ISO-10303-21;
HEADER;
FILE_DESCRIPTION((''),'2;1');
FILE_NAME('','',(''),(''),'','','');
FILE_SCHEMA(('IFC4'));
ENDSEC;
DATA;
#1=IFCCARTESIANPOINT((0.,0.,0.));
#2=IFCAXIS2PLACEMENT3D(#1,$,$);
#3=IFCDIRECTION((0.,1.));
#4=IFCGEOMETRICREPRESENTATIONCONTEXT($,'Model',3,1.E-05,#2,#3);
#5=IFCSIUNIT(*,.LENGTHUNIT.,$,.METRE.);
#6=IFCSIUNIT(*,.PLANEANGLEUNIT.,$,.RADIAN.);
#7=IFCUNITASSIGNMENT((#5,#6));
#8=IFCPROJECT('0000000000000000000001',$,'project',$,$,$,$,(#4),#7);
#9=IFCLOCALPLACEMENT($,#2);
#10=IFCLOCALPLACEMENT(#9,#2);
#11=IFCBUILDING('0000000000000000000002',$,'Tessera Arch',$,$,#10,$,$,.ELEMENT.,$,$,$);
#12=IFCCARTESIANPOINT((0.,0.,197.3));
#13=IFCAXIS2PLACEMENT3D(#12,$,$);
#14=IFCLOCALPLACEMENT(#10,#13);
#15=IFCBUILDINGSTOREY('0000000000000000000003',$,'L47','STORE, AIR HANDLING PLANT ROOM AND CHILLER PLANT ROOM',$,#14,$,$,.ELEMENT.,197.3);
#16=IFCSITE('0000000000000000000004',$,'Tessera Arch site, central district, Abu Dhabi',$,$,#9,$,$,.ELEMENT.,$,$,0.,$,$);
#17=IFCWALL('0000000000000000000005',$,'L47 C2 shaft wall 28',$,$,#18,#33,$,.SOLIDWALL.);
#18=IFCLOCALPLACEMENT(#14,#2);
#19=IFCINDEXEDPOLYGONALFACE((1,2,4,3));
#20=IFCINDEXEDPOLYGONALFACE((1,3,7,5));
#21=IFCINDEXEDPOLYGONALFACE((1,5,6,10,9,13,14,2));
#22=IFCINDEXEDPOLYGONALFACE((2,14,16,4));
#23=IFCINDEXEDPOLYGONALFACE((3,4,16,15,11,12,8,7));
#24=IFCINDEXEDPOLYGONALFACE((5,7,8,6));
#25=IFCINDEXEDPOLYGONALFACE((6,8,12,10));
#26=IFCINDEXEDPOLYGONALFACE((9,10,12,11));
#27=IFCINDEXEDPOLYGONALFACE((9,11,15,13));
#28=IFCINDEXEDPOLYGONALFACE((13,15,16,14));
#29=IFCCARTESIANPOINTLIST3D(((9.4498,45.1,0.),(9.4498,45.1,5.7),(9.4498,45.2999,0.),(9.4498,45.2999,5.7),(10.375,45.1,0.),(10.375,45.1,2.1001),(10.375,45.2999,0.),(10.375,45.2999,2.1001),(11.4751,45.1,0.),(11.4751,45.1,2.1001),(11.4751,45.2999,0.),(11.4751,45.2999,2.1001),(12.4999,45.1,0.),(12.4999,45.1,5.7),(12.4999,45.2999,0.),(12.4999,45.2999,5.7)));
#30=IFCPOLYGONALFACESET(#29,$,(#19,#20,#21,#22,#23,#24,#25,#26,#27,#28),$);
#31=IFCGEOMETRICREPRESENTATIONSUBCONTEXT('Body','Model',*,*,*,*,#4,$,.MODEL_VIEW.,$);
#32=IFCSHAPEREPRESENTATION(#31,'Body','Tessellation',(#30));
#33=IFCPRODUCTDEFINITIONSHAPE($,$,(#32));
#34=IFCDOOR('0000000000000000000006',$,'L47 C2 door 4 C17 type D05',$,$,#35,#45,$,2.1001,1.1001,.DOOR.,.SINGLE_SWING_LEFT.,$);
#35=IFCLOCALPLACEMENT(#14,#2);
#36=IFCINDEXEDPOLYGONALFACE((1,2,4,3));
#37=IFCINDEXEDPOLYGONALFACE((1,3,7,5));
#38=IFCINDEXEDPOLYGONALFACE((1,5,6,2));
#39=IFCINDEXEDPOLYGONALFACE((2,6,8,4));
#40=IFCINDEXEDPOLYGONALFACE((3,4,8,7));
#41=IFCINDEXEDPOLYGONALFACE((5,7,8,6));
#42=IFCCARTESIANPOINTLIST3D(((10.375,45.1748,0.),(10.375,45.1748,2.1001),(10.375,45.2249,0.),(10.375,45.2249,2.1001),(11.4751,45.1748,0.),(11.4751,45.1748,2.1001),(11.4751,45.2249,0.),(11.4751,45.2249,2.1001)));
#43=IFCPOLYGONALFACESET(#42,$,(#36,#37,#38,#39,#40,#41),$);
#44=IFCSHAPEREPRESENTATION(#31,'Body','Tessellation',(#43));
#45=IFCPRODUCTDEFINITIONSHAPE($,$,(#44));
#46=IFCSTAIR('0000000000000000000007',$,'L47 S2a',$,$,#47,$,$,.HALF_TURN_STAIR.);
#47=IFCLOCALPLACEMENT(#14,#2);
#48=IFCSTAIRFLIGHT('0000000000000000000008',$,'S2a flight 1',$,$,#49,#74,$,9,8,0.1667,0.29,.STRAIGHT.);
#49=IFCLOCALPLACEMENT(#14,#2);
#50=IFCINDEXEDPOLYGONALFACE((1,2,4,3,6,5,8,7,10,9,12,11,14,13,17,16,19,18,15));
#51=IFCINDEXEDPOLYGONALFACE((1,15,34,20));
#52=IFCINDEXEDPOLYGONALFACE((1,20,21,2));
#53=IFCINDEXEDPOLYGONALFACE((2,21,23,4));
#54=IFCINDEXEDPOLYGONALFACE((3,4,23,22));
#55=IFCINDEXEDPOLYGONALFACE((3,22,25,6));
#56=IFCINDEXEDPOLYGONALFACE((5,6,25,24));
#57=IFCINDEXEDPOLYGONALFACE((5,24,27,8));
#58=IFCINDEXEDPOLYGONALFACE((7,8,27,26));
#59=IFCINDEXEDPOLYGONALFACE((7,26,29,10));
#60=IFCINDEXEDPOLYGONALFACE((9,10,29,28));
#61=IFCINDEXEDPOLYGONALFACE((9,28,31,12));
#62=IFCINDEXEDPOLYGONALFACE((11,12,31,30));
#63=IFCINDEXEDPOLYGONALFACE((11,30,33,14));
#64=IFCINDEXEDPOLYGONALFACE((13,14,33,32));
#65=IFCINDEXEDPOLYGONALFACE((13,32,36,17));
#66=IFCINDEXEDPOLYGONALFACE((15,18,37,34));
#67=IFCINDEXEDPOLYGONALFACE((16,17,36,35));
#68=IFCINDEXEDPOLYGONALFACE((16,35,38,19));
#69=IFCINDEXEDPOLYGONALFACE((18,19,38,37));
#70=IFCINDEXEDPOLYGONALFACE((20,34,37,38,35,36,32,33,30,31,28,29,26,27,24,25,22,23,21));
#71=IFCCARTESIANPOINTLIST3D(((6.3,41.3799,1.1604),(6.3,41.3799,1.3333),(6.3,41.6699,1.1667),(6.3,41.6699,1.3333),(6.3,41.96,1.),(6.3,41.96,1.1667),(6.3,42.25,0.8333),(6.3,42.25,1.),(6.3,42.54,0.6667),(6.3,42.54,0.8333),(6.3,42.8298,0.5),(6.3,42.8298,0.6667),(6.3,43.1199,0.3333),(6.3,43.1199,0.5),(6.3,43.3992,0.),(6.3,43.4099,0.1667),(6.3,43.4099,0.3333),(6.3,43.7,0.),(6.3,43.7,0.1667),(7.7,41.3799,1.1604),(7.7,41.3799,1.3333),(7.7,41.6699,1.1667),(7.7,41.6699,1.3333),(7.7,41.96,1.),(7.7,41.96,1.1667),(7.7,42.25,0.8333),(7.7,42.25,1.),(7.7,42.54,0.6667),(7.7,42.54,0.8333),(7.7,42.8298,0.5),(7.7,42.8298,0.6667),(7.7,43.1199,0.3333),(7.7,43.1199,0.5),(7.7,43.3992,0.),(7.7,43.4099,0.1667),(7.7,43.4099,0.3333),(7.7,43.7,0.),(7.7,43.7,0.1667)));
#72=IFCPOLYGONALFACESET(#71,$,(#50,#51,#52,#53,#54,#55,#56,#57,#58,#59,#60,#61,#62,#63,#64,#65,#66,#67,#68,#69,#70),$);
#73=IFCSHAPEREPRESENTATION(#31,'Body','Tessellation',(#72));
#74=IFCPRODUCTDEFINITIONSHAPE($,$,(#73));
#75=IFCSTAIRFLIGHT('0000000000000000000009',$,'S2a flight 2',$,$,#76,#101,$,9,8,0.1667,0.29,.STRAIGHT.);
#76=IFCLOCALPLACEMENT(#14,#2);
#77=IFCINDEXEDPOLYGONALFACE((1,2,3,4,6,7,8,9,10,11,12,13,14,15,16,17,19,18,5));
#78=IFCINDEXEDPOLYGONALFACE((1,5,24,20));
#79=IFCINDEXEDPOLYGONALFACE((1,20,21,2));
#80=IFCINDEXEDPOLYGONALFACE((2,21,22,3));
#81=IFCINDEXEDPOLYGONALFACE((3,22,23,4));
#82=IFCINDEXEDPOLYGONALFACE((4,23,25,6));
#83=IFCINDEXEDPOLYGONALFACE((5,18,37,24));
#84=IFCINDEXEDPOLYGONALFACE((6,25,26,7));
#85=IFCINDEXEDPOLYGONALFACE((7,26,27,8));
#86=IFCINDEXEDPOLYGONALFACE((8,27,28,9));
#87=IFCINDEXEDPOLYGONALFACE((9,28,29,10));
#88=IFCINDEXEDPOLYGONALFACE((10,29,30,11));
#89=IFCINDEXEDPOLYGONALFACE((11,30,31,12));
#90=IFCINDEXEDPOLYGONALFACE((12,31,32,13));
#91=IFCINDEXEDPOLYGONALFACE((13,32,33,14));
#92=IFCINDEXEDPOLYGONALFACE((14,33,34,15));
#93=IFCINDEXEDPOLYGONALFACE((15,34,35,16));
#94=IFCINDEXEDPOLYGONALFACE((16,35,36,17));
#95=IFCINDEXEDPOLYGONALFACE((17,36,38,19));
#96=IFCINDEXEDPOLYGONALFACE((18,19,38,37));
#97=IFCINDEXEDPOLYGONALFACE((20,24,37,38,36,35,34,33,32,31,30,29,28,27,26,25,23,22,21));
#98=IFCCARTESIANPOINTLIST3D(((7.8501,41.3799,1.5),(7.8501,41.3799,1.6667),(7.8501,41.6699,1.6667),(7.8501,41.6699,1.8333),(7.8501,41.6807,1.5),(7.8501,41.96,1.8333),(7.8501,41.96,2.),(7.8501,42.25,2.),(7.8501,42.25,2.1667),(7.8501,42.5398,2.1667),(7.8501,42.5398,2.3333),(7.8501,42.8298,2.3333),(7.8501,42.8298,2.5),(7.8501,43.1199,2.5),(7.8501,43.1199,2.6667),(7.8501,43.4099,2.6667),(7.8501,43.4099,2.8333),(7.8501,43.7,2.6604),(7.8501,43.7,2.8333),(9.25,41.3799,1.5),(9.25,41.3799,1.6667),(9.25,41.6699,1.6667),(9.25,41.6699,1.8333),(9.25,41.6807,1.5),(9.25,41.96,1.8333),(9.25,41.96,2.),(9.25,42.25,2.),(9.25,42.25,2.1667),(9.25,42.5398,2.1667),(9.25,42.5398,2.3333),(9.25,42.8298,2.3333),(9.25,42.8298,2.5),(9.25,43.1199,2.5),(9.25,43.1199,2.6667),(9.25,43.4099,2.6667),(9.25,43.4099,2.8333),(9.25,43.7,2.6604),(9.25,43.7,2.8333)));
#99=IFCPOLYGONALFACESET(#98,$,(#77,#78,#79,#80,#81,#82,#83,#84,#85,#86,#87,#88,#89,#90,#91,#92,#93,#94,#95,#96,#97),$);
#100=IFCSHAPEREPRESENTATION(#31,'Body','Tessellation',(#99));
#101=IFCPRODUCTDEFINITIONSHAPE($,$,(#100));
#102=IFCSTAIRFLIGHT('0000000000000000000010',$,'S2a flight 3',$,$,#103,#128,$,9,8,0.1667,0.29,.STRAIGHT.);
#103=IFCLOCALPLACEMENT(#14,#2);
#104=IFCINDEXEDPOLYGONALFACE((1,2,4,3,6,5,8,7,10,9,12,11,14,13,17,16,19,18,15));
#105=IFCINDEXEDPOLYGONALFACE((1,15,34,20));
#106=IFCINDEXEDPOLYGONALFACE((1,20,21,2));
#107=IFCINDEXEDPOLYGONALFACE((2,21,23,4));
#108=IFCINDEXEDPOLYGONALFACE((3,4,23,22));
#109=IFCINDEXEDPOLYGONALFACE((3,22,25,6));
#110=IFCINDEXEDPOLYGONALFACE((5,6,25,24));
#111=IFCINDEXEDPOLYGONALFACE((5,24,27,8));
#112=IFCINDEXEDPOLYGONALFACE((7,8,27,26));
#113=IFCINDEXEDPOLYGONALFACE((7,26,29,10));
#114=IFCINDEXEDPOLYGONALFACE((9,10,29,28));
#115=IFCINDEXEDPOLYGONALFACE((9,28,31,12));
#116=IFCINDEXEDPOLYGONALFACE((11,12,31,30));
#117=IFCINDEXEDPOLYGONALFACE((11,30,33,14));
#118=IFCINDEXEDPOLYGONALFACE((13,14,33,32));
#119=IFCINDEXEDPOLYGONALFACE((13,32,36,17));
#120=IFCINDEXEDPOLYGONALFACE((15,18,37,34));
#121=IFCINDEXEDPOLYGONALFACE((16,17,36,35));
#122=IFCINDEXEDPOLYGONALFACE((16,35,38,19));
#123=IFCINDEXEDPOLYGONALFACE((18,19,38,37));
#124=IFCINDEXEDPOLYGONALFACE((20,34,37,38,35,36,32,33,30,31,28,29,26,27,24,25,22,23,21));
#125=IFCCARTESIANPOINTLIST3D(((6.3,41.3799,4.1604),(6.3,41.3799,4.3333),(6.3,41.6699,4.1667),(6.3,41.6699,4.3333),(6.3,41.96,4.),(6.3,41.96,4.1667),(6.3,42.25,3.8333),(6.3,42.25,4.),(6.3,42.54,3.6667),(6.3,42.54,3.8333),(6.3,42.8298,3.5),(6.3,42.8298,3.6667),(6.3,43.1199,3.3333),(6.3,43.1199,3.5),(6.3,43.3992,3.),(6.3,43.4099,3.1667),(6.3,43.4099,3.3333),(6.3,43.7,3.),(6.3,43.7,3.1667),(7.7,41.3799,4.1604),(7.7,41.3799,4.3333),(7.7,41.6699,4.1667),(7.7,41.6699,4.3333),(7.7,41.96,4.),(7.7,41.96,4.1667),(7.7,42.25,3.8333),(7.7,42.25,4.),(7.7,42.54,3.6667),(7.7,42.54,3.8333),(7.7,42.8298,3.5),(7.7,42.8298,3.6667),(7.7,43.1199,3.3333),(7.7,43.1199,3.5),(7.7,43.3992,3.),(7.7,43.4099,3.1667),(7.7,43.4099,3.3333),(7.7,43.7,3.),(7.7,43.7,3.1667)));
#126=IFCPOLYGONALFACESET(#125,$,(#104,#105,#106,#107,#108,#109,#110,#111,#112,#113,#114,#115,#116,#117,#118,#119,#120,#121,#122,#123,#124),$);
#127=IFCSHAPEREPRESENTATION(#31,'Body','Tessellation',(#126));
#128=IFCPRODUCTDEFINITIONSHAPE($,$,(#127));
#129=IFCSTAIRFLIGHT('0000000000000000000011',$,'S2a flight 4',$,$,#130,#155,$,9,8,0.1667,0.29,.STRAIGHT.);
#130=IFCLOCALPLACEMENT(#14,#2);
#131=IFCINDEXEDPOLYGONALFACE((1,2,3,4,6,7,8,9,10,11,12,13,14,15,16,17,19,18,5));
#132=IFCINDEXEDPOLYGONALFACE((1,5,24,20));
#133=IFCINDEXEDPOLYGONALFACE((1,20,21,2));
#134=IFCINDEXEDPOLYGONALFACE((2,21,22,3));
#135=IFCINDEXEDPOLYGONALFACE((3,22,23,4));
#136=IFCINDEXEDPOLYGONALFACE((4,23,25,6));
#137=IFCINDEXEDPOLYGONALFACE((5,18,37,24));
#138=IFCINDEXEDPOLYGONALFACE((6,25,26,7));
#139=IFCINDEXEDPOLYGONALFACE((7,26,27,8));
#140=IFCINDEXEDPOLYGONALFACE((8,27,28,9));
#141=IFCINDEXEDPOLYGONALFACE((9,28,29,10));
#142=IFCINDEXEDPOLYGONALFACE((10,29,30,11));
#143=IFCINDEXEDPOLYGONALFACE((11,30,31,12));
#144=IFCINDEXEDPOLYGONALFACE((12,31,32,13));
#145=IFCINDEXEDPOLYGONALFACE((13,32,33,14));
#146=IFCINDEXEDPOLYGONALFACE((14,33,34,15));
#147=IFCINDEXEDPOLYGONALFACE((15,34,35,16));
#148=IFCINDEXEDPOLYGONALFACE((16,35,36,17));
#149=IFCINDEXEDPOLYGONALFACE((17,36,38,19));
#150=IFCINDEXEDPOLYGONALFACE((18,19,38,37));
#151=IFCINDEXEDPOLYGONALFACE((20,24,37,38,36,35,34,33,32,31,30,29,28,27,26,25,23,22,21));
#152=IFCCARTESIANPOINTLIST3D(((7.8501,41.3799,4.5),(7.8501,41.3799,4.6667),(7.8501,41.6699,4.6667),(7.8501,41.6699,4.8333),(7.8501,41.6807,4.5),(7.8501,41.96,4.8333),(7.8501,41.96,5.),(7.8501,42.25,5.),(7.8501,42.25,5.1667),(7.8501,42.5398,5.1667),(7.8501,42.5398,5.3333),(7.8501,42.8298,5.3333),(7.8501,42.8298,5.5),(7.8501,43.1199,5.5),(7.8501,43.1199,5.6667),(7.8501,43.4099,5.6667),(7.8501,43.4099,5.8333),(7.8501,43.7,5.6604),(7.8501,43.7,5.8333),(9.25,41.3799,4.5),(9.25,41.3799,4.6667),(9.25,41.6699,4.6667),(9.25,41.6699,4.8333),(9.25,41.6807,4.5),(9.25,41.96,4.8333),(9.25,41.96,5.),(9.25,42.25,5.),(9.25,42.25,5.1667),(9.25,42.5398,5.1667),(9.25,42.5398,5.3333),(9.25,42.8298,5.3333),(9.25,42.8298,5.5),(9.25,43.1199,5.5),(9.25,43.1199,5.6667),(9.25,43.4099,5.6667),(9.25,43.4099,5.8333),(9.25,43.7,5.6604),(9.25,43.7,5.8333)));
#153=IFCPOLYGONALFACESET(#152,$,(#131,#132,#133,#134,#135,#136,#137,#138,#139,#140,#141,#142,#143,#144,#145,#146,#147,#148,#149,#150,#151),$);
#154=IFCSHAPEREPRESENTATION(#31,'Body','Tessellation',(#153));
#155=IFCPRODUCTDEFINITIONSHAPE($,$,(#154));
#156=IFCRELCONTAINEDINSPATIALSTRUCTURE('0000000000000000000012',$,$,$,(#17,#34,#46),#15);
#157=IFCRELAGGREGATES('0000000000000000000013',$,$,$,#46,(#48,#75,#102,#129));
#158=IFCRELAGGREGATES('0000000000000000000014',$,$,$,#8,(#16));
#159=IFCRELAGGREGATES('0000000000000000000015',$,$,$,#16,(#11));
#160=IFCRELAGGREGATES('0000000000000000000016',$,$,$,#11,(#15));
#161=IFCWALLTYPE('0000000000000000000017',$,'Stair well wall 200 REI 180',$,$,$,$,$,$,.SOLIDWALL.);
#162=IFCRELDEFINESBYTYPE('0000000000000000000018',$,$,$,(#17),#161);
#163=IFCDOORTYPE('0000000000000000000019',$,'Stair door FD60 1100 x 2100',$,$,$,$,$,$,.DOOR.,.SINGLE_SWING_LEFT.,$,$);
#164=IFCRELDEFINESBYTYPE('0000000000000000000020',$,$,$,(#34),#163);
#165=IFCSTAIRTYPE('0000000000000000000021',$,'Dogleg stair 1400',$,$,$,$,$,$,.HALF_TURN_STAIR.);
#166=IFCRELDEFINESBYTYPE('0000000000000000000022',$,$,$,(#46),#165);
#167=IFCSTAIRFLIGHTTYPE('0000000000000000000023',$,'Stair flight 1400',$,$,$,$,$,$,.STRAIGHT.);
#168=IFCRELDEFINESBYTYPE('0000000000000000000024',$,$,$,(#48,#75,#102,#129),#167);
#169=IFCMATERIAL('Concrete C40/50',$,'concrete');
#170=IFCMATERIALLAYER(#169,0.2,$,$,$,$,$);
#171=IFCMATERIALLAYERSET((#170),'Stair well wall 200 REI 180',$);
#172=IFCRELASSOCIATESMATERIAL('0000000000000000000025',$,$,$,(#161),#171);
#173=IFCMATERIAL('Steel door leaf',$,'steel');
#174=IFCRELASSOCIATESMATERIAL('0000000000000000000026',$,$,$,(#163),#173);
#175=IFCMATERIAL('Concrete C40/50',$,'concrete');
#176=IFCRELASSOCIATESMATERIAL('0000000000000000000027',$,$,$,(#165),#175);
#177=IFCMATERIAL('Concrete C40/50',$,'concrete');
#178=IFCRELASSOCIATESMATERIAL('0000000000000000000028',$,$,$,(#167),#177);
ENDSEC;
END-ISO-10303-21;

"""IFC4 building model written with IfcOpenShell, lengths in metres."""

from ifc_helpers import new_model, si_unit, direction, frame, frame_2d, origin, place, context, subcontext, project, spatial, polyline, rectangle, outline, extrude, material, layer, layer_set, type_object, element, fill, aggregate, save


model = new_model("IFC4")

# Units and contexts
model_context = context("Model", 3, precision=1e-05, world=origin(), true_north=direction((0.0, 1.0)))
body_context = subcontext(model_context, "Body", "Model", "MODEL_VIEW")
ifc_project = project(units=[si_unit("LENGTHUNIT", "METRE"), si_unit("PLANEANGLEUNIT", "RADIAN")], contexts=[model_context])

# Site, building, storey
site_placement = place(None, origin())
site = spatial("IfcSite", under=ifc_project, at=site_placement, Name="Tessera Arch site, central district, Abu Dhabi", CompositionType="ELEMENT", RefElevation=0.0)
building_placement = place(site_placement, origin())
building = spatial("IfcBuilding", under=site, at=building_placement, Name="Tessera Arch", CompositionType="ELEMENT")
storey_placement = place(building_placement, frame((0.0, 0.0, 197.3)))
storey = spatial("IfcBuildingStorey", under=building, at=storey_placement, Name="L47", Description="STORE, AIR HANDLING PLANT ROOM AND CHILLER PLANT ROOM", CompositionType="ELEMENT", Elevation=197.3)

# Shared definitions
ifc_material_1 = material(Name="Concrete C40/50", Category="concrete")
ifc_layer_1 = layer(ifc_material_1, 0.2)
ifc_layer_set_1 = layer_set([ifc_layer_1], Name="Stair well wall 200 REI 180")
wall_type_1 = type_object("IfcWallType", Name="Stair well wall 200 REI 180", PredefinedType="SOLIDWALL", material=ifc_layer_set_1)

# Shared definitions
ifc_material_2 = material(Name="Steel door leaf", Category="steel")
door_type_1 = type_object("IfcDoorType", Name="Stair door FD60 1100 x 2100", OperationType="SINGLE_SWING_LEFT", PredefinedType="DOOR", material=ifc_material_2)

# Wall, opening, door
wall_1_placement = place(storey_placement, frame((9.45, 45.2, 0.0), z_axis=(0.0, 0.0, 1.0), x_axis=(1.0, 0.0, 0.0)))
wall_1 = element("IfcWall", 1, at=wall_1_placement, inside=storey, type_object=wall_type_1, Name="L47 C2 shaft wall 28", PredefinedType="SOLIDWALL", context=body_context, shape_type="SweptSolid", body=[
    extrude(rectangle(XDim=3.05, YDim=0.2, at=frame_2d((1.5249, 0.0))), origin(), (0.0, 0.0, 1.0), 5.7),
])
opening_1_placement = place(wall_1_placement, frame((0.925, 0.0, 0.0)))
opening_1 = element("IfcOpeningElement", 2, at=opening_1_placement, cuts=wall_1, PredefinedType="OPENING", context=body_context, shape_type="SweptSolid", body=[
    extrude(rectangle(XDim=1.1001, YDim=2.1001, at=frame_2d((0.55, 1.05))), frame((0.0, 0.1099, 0.0), z_axis=(0.0, -1.0, 0.0), x_axis=(1.0, 0.0, 0.0)), (0.0, 0.0, 1.0), 0.22),
])
door_1_placement = place(opening_1_placement, origin())
door_1 = element("IfcDoor", 3, at=door_1_placement, inside=storey, type_object=door_type_1, Name="L47 C2 door 4 C17 type D05", OperationType="SINGLE_SWING_LEFT", OverallHeight=2.1001, OverallWidth=1.1001, PredefinedType="DOOR", context=body_context, shape_type="SweptSolid", body=[
    extrude(rectangle(XDim=1.1001, YDim=2.1001, at=frame_2d((0.55, 1.05))), frame((0.0, 0.0249, 0.0), z_axis=(0.0, -1.0, 0.0), x_axis=(1.0, 0.0, 0.0)), (0.0, 0.0, 1.0), 0.05),
])
fill(opening_1, door_1)

# Stair, stair flights
ifc_material_3 = material(Name="Concrete C40/50", Category="concrete")
stair_type = type_object("IfcStairType", Name="Dogleg stair 1400", PredefinedType="HALF_TURN_STAIR", material=ifc_material_3)
stair_1_placement = place(storey_placement, origin())
stair_1 = element("IfcStair", 4, at=stair_1_placement, inside=storey, type_object=stair_type, Name="L47 S2a", PredefinedType="HALF_TURN_STAIR")
ifc_material_4 = material(Name="Concrete C40/50", Category="concrete")
stair_flight_type = type_object("IfcStairFlightType", Name="Stair flight 1400", PredefinedType="STRAIGHT", material=ifc_material_4)
stair_flight_1_placement = place(storey_placement, frame((7.0, 43.7, 0.0), z_axis=(0.0, 0.0, 1.0), x_axis=(0.0, -1.0, 0.0)))
stair_flight_1 = element("IfcStairFlight", 5, at=stair_flight_1_placement, type_object=stair_flight_type, Name="S2a flight 1", NumberOfRisers=9, NumberOfTreads=8, PredefinedType="STRAIGHT", RiserHeight=0.1667, TreadLength=0.29, context=body_context, shape_type="SweptSolid", body=[
    extrude(outline(polyline([(0.0, 0.0), (0.0, 0.1667), (0.29, 0.1667), (0.29, 0.3333), (0.5801, 0.3333), (0.5801, 0.5), (0.8701, 0.5), (0.8701, 0.6667), (1.1599, 0.6667), (1.1599, 0.8333), (1.45, 0.8333), (1.45, 1.0), (1.74, 1.0), (1.74, 1.1667), (2.03, 1.1667), (2.03, 1.3333), (2.3201, 1.3333), (2.3201, 1.5), (2.3201, 1.1604), (0.3008, 0.0), (0.0, 0.0)])), frame((0.0, 0.7, 0.0), z_axis=(0.0, -1.0, 0.0), x_axis=(1.0, 0.0, 0.0)), (0.0, 0.0, 1.0), 1.3999),
])
stair_flight_2_placement = place(storey_placement, frame((8.55, 41.3799, 1.5), z_axis=(0.0, 0.0, 1.0), x_axis=(0.0, 1.0, 0.0)))
stair_flight_2 = element("IfcStairFlight", 6, at=stair_flight_2_placement, type_object=stair_flight_type, Name="S2a flight 2", NumberOfRisers=9, NumberOfTreads=8, PredefinedType="STRAIGHT", RiserHeight=0.1667, TreadLength=0.29, context=body_context, shape_type="SweptSolid", body=[
    extrude(outline(polyline([(0.0, 0.0), (0.0, 0.1667), (0.29, 0.1667), (0.29, 0.3333), (0.5801, 0.3333), (0.5801, 0.5), (0.8701, 0.5), (0.8701, 0.6667), (1.1599, 0.6667), (1.1599, 0.8333), (1.45, 0.8333), (1.45, 1.0), (1.74, 1.0), (1.74, 1.1667), (2.03, 1.1667), (2.03, 1.3333), (2.3201, 1.3333), (2.3201, 1.5), (2.3201, 1.1604), (0.3008, 0.0), (0.0, 0.0)])), frame((0.0, 0.7, 0.0), z_axis=(0.0, -1.0, 0.0), x_axis=(1.0, 0.0, 0.0)), (0.0, 0.0, 1.0), 1.3999),
])
stair_flight_3_placement = place(storey_placement, frame((7.0, 43.7, 3.0), z_axis=(0.0, 0.0, 1.0), x_axis=(0.0, -1.0, 0.0)))
stair_flight_3 = element("IfcStairFlight", 7, at=stair_flight_3_placement, type_object=stair_flight_type, Name="S2a flight 3", NumberOfRisers=9, NumberOfTreads=8, PredefinedType="STRAIGHT", RiserHeight=0.1667, TreadLength=0.29, context=body_context, shape_type="SweptSolid", body=[
    extrude(outline(polyline([(0.0, 0.0), (0.0, 0.1667), (0.29, 0.1667), (0.29, 0.3333), (0.5801, 0.3333), (0.5801, 0.5), (0.8701, 0.5), (0.8701, 0.6667), (1.1599, 0.6667), (1.1599, 0.8333), (1.45, 0.8333), (1.45, 1.0), (1.74, 1.0), (1.74, 1.1667), (2.03, 1.1667), (2.03, 1.3333), (2.3201, 1.3333), (2.3201, 1.5), (2.3201, 1.1604), (0.3008, 0.0), (0.0, 0.0)])), frame((0.0, 0.7, 0.0), z_axis=(0.0, -1.0, 0.0), x_axis=(1.0, 0.0, 0.0)), (0.0, 0.0, 1.0), 1.3999),
])
stair_flight_4_placement = place(storey_placement, frame((8.55, 41.3799, 4.5), z_axis=(0.0, 0.0, 1.0), x_axis=(0.0, 1.0, 0.0)))
stair_flight_4 = element("IfcStairFlight", 8, at=stair_flight_4_placement, type_object=stair_flight_type, Name="S2a flight 4", NumberOfRisers=9, NumberOfTreads=8, PredefinedType="STRAIGHT", RiserHeight=0.1667, TreadLength=0.29, context=body_context, shape_type="SweptSolid", body=[
    extrude(outline(polyline([(0.0, 0.0), (0.0, 0.1667), (0.29, 0.1667), (0.29, 0.3333), (0.5801, 0.3333), (0.5801, 0.5), (0.8701, 0.5), (0.8701, 0.6667), (1.1599, 0.6667), (1.1599, 0.8333), (1.45, 0.8333), (1.45, 1.0), (1.74, 1.0), (1.74, 1.1667), (2.03, 1.1667), (2.03, 1.3333), (2.3201, 1.3333), (2.3201, 1.5), (2.3201, 1.1604), (0.3008, 0.0), (0.0, 0.0)])), frame((0.0, 0.7, 0.0), z_axis=(0.0, -1.0, 0.0), x_axis=(1.0, 0.0, 0.0)), (0.0, 0.0, 1.0), 1.3999),
])
aggregate(stair_1, [stair_flight_1, stair_flight_2, stair_flight_3, stair_flight_4])

save(model, "model.ifc")
